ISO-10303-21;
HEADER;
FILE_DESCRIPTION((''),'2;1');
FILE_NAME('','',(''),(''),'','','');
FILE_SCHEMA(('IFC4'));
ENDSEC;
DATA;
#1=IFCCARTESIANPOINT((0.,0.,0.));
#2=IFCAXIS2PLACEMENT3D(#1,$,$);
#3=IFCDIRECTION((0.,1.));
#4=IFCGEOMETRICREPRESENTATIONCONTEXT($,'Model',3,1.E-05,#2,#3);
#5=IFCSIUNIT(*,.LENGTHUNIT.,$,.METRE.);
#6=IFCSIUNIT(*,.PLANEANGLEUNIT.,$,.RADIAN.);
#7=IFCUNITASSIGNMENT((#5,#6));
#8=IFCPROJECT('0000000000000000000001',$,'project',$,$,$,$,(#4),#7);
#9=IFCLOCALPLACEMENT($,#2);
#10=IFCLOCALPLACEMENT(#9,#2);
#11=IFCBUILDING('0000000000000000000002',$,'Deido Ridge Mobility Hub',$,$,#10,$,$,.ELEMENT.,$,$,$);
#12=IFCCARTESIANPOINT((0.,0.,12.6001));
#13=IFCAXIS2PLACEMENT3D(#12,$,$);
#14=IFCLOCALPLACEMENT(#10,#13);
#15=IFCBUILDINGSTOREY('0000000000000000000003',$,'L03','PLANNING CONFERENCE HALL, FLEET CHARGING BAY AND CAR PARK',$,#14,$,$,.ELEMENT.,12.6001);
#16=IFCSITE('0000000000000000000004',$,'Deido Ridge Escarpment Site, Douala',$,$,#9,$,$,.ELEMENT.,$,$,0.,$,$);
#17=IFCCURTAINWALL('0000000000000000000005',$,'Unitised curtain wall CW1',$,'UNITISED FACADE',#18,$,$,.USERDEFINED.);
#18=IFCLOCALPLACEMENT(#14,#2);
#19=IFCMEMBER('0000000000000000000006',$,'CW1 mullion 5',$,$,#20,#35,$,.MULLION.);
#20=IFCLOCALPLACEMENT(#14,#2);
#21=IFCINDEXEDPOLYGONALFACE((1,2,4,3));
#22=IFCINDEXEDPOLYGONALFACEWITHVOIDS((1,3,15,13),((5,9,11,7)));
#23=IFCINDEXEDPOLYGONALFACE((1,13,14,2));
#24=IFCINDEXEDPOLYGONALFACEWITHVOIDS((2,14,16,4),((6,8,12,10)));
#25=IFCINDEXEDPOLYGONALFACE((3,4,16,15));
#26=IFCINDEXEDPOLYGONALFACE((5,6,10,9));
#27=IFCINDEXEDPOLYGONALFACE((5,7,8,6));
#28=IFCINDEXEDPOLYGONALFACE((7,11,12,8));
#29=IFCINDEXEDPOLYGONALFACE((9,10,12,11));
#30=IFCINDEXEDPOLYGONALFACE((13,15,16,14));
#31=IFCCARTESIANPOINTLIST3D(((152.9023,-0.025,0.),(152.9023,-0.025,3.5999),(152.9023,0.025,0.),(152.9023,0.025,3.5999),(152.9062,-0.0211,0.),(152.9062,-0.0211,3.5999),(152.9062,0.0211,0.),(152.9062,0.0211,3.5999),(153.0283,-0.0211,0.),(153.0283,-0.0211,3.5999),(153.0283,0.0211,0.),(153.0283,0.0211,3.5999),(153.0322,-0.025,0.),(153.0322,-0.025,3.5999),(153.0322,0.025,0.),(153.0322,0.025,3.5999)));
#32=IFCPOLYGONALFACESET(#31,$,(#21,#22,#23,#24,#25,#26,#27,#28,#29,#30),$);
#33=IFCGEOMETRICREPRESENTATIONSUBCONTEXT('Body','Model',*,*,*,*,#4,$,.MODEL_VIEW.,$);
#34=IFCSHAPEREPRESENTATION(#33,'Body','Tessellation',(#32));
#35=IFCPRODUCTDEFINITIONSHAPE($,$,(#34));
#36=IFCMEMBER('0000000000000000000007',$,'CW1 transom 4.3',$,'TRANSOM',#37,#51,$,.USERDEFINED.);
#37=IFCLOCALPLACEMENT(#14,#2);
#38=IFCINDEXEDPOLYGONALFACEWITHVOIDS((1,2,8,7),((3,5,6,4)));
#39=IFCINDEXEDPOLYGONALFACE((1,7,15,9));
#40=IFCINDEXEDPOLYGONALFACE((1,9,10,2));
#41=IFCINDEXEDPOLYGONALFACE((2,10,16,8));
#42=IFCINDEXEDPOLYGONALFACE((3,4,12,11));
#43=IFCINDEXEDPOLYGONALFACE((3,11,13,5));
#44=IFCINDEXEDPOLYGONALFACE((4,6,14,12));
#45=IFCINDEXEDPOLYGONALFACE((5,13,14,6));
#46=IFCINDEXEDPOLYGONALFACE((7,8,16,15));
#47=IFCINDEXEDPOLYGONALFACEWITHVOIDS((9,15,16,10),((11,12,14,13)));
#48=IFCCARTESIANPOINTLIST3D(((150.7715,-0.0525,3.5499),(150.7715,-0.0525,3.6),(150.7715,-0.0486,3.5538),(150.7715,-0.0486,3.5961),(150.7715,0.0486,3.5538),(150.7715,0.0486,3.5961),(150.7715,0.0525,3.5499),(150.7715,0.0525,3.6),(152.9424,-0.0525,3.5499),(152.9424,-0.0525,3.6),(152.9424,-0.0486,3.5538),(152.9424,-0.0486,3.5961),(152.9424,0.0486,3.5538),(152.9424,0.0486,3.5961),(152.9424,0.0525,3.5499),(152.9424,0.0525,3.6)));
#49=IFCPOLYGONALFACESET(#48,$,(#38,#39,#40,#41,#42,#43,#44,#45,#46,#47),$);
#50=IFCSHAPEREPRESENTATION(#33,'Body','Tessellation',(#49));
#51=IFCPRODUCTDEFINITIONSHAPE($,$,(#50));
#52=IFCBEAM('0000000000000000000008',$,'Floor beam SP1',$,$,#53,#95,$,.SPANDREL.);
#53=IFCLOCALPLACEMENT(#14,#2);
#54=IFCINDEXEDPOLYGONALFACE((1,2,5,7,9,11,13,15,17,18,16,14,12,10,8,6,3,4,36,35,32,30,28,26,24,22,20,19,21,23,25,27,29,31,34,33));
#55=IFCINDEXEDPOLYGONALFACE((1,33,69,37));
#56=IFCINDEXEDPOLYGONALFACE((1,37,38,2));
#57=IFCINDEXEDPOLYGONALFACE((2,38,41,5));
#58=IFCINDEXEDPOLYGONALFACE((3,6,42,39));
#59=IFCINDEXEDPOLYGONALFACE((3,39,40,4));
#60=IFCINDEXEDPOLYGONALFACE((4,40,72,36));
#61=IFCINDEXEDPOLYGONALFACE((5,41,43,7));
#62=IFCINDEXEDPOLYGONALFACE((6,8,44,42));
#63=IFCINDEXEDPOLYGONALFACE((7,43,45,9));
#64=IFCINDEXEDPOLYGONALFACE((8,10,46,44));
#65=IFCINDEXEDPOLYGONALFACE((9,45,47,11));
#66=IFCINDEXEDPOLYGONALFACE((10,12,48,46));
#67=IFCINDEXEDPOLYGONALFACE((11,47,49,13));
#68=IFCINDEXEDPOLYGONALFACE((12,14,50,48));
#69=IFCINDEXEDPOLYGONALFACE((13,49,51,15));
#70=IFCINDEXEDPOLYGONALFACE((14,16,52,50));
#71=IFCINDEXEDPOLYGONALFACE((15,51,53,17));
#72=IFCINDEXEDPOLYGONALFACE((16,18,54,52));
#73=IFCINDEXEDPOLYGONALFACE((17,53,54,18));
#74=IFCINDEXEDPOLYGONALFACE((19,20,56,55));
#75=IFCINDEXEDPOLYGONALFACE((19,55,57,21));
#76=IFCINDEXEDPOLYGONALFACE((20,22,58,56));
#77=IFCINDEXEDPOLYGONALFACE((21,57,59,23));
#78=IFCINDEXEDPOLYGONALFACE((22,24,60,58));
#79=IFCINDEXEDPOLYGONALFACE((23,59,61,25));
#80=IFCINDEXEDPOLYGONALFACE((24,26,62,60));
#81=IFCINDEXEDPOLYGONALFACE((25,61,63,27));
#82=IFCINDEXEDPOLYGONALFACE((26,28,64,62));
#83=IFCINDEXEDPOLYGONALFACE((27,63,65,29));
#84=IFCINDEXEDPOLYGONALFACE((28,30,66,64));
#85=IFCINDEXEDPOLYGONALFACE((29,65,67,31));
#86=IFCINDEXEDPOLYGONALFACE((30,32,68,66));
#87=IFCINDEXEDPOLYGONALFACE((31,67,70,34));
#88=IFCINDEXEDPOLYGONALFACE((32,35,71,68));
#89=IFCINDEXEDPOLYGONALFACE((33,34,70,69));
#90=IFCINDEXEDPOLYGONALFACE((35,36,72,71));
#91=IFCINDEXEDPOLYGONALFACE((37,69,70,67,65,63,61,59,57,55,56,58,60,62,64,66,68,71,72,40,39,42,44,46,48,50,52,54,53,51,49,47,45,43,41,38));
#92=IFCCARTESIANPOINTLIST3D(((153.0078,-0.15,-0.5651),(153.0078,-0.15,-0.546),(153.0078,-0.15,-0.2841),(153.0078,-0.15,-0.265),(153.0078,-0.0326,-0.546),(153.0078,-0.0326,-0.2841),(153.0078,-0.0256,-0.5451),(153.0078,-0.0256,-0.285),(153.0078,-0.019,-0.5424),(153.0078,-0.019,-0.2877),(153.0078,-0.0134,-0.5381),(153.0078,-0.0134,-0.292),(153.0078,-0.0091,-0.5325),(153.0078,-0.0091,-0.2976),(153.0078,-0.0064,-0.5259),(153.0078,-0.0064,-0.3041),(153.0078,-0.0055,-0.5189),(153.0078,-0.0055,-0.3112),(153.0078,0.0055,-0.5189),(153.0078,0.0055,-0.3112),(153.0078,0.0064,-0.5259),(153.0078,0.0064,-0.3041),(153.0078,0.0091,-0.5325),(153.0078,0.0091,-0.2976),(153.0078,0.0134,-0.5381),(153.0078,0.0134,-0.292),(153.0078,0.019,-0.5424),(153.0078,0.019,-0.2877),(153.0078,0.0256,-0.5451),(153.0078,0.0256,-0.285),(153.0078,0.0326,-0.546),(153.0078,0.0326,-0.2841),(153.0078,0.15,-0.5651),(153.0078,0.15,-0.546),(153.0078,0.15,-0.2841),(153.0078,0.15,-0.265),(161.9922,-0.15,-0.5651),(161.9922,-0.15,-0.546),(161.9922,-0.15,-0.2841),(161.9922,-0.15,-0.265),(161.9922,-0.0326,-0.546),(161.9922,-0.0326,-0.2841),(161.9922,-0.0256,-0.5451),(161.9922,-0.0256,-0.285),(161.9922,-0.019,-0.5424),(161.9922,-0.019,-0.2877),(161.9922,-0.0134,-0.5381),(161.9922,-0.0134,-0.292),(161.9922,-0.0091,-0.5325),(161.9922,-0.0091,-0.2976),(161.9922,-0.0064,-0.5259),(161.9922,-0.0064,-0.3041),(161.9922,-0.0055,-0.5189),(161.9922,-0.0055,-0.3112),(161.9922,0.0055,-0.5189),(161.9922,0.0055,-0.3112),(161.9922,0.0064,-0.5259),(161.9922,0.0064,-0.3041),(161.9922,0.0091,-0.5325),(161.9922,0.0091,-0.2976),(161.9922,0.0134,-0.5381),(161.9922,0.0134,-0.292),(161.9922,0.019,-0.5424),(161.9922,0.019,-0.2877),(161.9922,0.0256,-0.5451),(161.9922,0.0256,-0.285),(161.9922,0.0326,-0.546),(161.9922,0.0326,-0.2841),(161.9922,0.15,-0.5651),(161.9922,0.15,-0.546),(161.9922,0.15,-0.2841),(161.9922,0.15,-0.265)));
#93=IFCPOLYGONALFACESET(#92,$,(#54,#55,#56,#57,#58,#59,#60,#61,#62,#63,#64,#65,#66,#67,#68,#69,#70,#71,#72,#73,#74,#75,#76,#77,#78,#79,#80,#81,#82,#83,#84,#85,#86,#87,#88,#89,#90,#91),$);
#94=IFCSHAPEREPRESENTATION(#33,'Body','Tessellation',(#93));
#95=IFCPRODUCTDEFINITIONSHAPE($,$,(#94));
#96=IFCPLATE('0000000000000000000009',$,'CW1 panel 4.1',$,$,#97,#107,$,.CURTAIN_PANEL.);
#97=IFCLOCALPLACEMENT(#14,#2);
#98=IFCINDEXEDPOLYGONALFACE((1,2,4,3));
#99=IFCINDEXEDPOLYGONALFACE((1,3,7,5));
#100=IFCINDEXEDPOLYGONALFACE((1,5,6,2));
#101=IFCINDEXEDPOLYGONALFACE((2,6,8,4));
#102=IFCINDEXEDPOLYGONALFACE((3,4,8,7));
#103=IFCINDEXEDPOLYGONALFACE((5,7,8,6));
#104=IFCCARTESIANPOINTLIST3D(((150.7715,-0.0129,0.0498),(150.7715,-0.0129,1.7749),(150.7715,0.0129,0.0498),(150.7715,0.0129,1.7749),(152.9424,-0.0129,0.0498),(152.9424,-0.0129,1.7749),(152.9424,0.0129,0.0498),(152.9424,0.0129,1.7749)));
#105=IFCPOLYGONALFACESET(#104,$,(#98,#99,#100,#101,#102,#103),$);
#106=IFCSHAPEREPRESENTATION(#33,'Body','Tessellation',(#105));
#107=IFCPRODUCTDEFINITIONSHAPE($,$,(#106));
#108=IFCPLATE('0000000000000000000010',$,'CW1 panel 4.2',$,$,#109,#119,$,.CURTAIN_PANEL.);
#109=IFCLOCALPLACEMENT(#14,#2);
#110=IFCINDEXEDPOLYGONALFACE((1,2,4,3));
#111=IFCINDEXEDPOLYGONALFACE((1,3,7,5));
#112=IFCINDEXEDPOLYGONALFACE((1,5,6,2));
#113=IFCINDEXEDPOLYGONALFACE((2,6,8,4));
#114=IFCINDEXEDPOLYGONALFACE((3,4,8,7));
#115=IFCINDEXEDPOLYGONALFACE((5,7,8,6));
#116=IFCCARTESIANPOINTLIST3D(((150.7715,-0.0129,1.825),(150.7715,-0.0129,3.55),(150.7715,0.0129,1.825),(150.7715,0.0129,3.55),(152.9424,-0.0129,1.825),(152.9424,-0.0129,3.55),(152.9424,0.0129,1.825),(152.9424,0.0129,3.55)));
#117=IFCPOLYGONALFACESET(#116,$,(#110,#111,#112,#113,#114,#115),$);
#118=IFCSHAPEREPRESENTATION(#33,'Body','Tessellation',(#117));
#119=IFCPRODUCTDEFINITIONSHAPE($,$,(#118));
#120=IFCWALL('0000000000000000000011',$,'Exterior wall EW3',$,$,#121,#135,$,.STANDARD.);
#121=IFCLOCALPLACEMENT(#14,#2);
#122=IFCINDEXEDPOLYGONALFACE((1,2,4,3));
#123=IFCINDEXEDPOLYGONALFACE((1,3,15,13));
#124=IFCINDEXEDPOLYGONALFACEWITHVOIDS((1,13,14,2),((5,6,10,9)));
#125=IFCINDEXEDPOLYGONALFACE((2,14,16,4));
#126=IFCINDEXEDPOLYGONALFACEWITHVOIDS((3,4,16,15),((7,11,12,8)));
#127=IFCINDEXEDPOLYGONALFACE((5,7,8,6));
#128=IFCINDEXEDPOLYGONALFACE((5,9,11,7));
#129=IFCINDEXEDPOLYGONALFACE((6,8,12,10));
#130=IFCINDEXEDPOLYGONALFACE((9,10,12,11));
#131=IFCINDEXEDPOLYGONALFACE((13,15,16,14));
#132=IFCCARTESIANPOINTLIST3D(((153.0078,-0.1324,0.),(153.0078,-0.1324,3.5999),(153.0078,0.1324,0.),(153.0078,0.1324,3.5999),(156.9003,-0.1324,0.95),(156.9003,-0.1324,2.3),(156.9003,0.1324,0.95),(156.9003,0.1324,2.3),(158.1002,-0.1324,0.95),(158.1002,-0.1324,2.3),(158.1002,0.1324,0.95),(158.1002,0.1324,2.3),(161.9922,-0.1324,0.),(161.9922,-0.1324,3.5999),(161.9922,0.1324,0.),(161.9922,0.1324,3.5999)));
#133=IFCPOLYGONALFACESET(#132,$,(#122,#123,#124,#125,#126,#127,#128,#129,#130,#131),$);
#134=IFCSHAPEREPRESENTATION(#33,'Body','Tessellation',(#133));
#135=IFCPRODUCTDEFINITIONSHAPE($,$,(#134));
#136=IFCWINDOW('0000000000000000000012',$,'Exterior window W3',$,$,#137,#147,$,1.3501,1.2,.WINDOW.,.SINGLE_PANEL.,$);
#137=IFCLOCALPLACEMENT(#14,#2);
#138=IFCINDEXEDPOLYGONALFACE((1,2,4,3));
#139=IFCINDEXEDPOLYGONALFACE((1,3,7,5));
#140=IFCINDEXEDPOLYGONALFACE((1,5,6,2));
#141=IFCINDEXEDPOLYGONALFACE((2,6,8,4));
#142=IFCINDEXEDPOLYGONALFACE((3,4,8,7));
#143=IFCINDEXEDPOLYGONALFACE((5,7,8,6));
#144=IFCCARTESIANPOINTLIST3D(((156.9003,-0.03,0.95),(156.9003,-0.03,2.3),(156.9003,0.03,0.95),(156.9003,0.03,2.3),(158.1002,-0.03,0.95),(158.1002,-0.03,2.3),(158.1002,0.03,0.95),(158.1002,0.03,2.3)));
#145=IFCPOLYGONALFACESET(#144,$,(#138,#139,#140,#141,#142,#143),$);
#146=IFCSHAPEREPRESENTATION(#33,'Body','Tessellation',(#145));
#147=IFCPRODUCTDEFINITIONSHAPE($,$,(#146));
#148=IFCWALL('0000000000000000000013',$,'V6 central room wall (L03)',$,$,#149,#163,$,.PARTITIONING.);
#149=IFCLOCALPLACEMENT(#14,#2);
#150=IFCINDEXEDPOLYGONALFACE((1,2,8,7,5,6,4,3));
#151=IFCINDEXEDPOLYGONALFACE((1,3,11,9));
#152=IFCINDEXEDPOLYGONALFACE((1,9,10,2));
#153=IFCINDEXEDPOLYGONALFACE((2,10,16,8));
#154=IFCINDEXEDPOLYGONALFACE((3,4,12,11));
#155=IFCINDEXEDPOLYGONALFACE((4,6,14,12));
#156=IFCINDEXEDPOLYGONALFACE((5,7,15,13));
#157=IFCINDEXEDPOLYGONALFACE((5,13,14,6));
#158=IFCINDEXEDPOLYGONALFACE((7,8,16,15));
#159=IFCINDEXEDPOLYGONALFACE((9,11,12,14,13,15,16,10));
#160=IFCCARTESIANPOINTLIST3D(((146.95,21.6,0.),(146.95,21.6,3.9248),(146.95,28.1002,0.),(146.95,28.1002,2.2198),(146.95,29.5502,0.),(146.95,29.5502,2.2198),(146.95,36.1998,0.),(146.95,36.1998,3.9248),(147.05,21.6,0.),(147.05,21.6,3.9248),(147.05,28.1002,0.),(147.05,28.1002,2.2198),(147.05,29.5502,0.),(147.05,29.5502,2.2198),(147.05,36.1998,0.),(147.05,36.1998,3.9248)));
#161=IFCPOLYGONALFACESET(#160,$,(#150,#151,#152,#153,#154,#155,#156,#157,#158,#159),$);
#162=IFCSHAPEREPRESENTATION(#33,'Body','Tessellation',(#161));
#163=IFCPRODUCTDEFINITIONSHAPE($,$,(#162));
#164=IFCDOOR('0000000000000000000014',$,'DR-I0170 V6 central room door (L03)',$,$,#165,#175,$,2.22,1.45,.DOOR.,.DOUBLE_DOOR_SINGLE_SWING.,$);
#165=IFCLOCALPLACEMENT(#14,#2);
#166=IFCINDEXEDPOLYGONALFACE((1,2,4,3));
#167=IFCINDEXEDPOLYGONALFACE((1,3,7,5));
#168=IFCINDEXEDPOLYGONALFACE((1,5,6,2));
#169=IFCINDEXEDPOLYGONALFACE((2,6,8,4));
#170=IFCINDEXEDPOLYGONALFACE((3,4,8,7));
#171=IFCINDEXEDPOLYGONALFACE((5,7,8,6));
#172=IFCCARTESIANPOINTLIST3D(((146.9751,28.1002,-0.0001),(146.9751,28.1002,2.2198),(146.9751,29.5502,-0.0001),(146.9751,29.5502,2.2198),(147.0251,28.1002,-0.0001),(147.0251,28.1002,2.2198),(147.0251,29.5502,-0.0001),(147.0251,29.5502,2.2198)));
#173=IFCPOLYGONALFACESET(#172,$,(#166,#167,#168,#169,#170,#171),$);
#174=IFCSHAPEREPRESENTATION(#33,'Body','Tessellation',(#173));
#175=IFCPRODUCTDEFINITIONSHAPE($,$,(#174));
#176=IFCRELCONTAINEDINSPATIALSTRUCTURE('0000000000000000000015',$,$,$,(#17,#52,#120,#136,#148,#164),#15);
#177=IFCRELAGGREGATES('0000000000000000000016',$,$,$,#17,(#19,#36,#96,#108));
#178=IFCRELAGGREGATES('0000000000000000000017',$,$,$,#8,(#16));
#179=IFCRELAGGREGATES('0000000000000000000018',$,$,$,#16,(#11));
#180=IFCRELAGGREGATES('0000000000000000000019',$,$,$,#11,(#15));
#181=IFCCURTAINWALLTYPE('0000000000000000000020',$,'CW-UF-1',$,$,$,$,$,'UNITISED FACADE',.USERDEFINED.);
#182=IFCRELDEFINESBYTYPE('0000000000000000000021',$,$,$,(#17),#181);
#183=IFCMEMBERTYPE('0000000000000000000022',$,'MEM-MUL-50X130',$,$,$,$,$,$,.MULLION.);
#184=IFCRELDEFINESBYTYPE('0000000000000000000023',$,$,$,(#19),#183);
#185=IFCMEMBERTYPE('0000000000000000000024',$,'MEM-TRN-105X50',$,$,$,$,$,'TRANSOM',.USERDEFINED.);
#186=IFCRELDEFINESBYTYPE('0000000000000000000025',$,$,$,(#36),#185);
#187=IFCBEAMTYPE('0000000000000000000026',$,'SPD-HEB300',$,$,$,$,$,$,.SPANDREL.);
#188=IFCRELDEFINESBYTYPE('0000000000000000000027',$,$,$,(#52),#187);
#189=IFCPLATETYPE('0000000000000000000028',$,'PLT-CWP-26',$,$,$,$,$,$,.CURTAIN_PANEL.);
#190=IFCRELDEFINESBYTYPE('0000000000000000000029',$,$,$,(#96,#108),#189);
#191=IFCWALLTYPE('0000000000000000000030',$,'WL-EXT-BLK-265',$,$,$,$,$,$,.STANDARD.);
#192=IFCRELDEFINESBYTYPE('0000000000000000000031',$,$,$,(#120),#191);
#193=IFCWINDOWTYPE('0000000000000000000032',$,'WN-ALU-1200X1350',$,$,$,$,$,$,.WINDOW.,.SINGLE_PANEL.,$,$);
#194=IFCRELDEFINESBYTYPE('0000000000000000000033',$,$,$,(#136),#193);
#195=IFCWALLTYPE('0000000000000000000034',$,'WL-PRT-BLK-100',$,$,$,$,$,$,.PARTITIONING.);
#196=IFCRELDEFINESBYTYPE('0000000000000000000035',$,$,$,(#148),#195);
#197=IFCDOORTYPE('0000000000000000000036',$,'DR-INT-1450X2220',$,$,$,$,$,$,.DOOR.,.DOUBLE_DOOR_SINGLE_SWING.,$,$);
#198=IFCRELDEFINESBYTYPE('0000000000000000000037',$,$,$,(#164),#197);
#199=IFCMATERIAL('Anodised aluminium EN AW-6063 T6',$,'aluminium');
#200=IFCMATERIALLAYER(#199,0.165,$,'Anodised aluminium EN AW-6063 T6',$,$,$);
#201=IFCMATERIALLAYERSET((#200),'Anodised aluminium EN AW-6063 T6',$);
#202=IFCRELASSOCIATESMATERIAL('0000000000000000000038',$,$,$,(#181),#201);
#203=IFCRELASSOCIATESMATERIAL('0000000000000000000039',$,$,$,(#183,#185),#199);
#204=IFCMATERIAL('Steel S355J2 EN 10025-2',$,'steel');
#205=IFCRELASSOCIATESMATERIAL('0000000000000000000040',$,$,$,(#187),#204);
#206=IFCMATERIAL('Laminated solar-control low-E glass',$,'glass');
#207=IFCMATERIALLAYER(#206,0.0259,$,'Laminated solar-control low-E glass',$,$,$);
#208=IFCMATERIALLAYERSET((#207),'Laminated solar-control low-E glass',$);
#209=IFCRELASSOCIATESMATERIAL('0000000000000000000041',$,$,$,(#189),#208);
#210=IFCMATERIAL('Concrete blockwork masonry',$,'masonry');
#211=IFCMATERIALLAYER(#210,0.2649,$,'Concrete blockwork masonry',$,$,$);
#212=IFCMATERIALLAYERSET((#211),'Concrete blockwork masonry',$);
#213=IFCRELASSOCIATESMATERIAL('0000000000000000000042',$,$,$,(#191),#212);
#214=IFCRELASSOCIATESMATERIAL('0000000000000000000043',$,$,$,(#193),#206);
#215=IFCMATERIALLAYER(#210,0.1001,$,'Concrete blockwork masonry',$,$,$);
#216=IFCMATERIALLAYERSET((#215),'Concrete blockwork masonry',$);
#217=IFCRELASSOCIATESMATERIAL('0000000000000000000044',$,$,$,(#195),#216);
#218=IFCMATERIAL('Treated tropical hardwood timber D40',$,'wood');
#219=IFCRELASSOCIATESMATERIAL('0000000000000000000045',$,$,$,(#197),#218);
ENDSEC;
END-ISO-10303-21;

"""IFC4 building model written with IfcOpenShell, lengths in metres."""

from ifc_helpers import new_model, si_unit, direction, frame, frame_2d, origin, origin_2d, place, context, subcontext, project, spatial, rectangle, hollow_rectangle, i_section, extrude, material, layer, layer_set, material_profile, profile_set, type_object, element, fill, aggregate, save


model = new_model("IFC4")

# Units and contexts
model_context = context("Model", 3, precision=1e-05, world=origin(), true_north=direction((0.0, 1.0)))
body_context = subcontext(model_context, "Body", "Model", "MODEL_VIEW")
ifc_project = project(units=[si_unit("LENGTHUNIT", "METRE"), si_unit("PLANEANGLEUNIT", "RADIAN")], contexts=[model_context])

# Site, building, storey
site_placement = place(None, origin())
site = spatial("IfcSite", under=ifc_project, at=site_placement, Name="Deido Ridge Escarpment Site, Douala", CompositionType="ELEMENT", RefElevation=0.0)
building_placement = place(site_placement, origin())
building = spatial("IfcBuilding", under=site, at=building_placement, Name="Deido Ridge Mobility Hub", CompositionType="ELEMENT")
storey_placement = place(building_placement, frame((0.0, 0.0, 12.6001)))
storey = spatial("IfcBuildingStorey", under=building, at=storey_placement, Name="L03", Description="PLANNING CONFERENCE HALL, FLEET CHARGING BAY AND CAR PARK", CompositionType="ELEMENT", Elevation=12.6001)

# Shared definitions
ifc_material_1 = material(Name="Steel S355J2 EN 10025-2", Category="steel")

# Curtain wall, members
ifc_material_2 = material(Name="Anodised aluminium EN AW-6063 T6", Category="aluminium")
ifc_layer_1 = layer(ifc_material_2, 0.165, Name="Anodised aluminium EN AW-6063 T6")
ifc_layer_set_1 = layer_set([ifc_layer_1], Name="Anodised aluminium EN AW-6063 T6")
curtain_wall_type = type_object("IfcCurtainWallType", Name="CW-UF-1", ElementType="UNITISED FACADE", PredefinedType="USERDEFINED", material=ifc_layer_set_1)
curtain_wall_placement = place(storey_placement, origin())
curtain_wall = element("IfcCurtainWall", 1, at=curtain_wall_placement, inside=storey, type_object=curtain_wall_type, Name="Unitised curtain wall CW1", ObjectType="UNITISED FACADE", PredefinedType="USERDEFINED")
ifc_material_profile_1 = material_profile(ifc_material_2, hollow_rectangle(XDim=0.05, YDim=0.1299, WallThickness=0.0039, at=origin_2d()), Name="RHS 50x130x4")
ifc_profile_set_1 = profile_set([ifc_material_profile_1], Name="Anodised aluminium EN AW-6063 T6")
member_type_1 = type_object("IfcMemberType", Name="MEM-MUL-50X130", PredefinedType="MULLION", material=ifc_profile_set_1)
member_1_placement = place(storey_placement, frame((152.9673, 0.0, 0.0), z_axis=(0.0, 0.0, 1.0), x_axis=(0.0, 1.0, 0.0)))
member_1 = element("IfcMember", 2, at=member_1_placement, type_object=member_type_1, Name="CW1 mullion 5", PredefinedType="MULLION", context=body_context, shape_type="SweptSolid", body=[
    extrude(hollow_rectangle(XDim=0.05, YDim=0.1299, WallThickness=0.0039, at=origin_2d()), origin(), (0.0, 0.0, 1.0), 3.5999),
])
ifc_material_profile_2 = material_profile(ifc_material_2, hollow_rectangle(XDim=0.105, YDim=0.05, WallThickness=0.0039, at=origin_2d()), Name="RHS 105x50x4")
ifc_profile_set_2 = profile_set([ifc_material_profile_2], Name="Anodised aluminium EN AW-6063 T6")
member_type_2 = type_object("IfcMemberType", Name="MEM-TRN-105X50", ElementType="TRANSOM", PredefinedType="USERDEFINED", material=ifc_profile_set_2)
member_2_placement = place(storey_placement, frame((150.7715, 0.0, 3.575), z_axis=(1.0, 0.0, 0.0), x_axis=(0.0, 1.0, 0.0)))
member_2 = element("IfcMember", 3, at=member_2_placement, type_object=member_type_2, Name="CW1 transom 4.3", ObjectType="TRANSOM", PredefinedType="USERDEFINED", context=body_context, shape_type="SweptSolid", body=[
    extrude(hollow_rectangle(XDim=0.105, YDim=0.05, WallThickness=0.0039, at=origin_2d()), origin(), (0.0, 0.0, 1.0), 2.1709),
])

# Beam
ifc_material_profile_3 = material_profile(ifc_material_1, i_section(OverallWidth=0.3, OverallDepth=0.3, WebThickness=0.011, FlangeThickness=0.019, FilletRadius=0.0271, at=origin_2d()), Name="HEB 300")
ifc_profile_set_3 = profile_set([ifc_material_profile_3], Name="Steel S355J2 EN 10025-2")
beam_type_1 = type_object("IfcBeamType", Name="SPD-HEB300", PredefinedType="SPANDREL", material=ifc_profile_set_3)
beam_1_placement = place(storey_placement, frame((153.0078, 0.0, -0.415), z_axis=(1.0, 0.0, 0.0), x_axis=(0.0, 1.0, 0.0)))
element("IfcBeam", 4, at=beam_1_placement, inside=storey, type_object=beam_type_1, Name="Floor beam SP1", PredefinedType="SPANDREL", context=body_context, shape_type="SweptSolid", body=[
    extrude(i_section(OverallWidth=0.3, OverallDepth=0.3, WebThickness=0.011, FlangeThickness=0.019, FilletRadius=0.0271, at=origin_2d()), origin(), (0.0, 0.0, 1.0), 8.9844),
])

# Plates
ifc_material_3 = material(Name="Laminated solar-control low-E glass", Category="glass")
ifc_layer_2 = layer(ifc_material_3, 0.0259, Name="Laminated solar-control low-E glass")
ifc_layer_set_2 = layer_set([ifc_layer_2], Name="Laminated solar-control low-E glass")
plate_type = type_object("IfcPlateType", Name="PLT-CWP-26", PredefinedType="CURTAIN_PANEL", material=ifc_layer_set_2)
plate_1_placement = place(storey_placement, frame((151.8569, 0.0, 0.0498), z_axis=(0.0, 0.0, 1.0), x_axis=(1.0, 0.0, 0.0)))
plate_1 = element("IfcPlate", 5, at=plate_1_placement, type_object=plate_type, Name="CW1 panel 4.1", PredefinedType="CURTAIN_PANEL", context=body_context, shape_type="SweptSolid", body=[
    extrude(rectangle(XDim=2.1709, YDim=0.0259, at=origin_2d()), origin(), (0.0, 0.0, 1.0), 1.7251),
])
plate_2_placement = place(storey_placement, frame((151.8569, 0.0, 1.825), z_axis=(0.0, 0.0, 1.0), x_axis=(1.0, 0.0, 0.0)))
plate_2 = element("IfcPlate", 6, at=plate_2_placement, type_object=plate_type, Name="CW1 panel 4.2", PredefinedType="CURTAIN_PANEL", context=body_context, shape_type="SweptSolid", body=[
    extrude(rectangle(XDim=2.1709, YDim=0.0259, at=origin_2d()), origin(), (0.0, 0.0, 1.0), 1.7251),
])
aggregate(curtain_wall, [member_1, member_2, plate_1, plate_2])

# Wall, opening, window
ifc_material_4 = material(Name="Concrete blockwork masonry", Category="masonry")
ifc_layer_3 = layer(ifc_material_4, 0.2649, Name="Concrete blockwork masonry")
ifc_layer_set_3 = layer_set([ifc_layer_3], Name="Concrete blockwork masonry")
wall_type_1 = type_object("IfcWallType", Name="WL-EXT-BLK-265", PredefinedType="STANDARD", material=ifc_layer_set_3)
wall_1_placement = place(storey_placement, frame((153.0078, 0.0, 0.0), z_axis=(0.0, 0.0, 1.0), x_axis=(1.0, 0.0, 0.0)))
wall_1 = element("IfcWall", 7, at=wall_1_placement, inside=storey, type_object=wall_type_1, Name="Exterior wall EW3", PredefinedType="STANDARD", context=body_context, shape_type="SweptSolid", body=[
    extrude(rectangle(XDim=8.9844, YDim=0.2649, at=frame_2d((4.4922, 0.0))), origin(), (0.0, 0.0, 1.0), 3.5999),
])
opening_1_placement = place(wall_1_placement, frame((3.8923, 0.0, 0.95)))
opening_1 = element("IfcOpeningElement", 8, at=opening_1_placement, cuts=wall_1, PredefinedType="OPENING", context=body_context, shape_type="SweptSolid", body=[
    extrude(rectangle(XDim=1.2, YDim=1.3501, at=frame_2d((0.6001, 0.675))), frame((0.0, 0.1426, 0.0), z_axis=(0.0, -1.0, 0.0), x_axis=(1.0, 0.0, 0.0)), (0.0, 0.0, 1.0), 0.2849),
])
window_type = type_object("IfcWindowType", Name="WN-ALU-1200X1350", PartitioningType="SINGLE_PANEL", PredefinedType="WINDOW", material=ifc_material_3)
window_placement = place(opening_1_placement, origin())
window = element("IfcWindow", 9, at=window_placement, inside=storey, type_object=window_type, Name="Exterior window W3", OverallHeight=1.3501, OverallWidth=1.2, PartitioningType="SINGLE_PANEL", PredefinedType="WINDOW", context=body_context, shape_type="SweptSolid", body=[
    extrude(rectangle(XDim=1.2, YDim=1.3501, at=frame_2d((0.6001, 0.675))), frame((0.0, 0.03, 0.0), z_axis=(0.0, -1.0, 0.0), x_axis=(1.0, 0.0, 0.0)), (0.0, 0.0, 1.0), 0.0601),
])
fill(opening_1, window)

# Wall, opening, door
ifc_layer_4 = layer(ifc_material_4, 0.1001, Name="Concrete blockwork masonry")
ifc_layer_set_4 = layer_set([ifc_layer_4], Name="Concrete blockwork masonry")
wall_type_2 = type_object("IfcWallType", Name="WL-PRT-BLK-100", PredefinedType="PARTITIONING", material=ifc_layer_set_4)
wall_2_placement = place(storey_placement, frame((147.0, 21.6001, 0.0), z_axis=(0.0, 0.0, 1.0), x_axis=(0.0, 1.0, 0.0)))
wall_2 = element("IfcWall", 10, at=wall_2_placement, inside=storey, type_object=wall_type_2, Name="V6 central room wall (L03)", PredefinedType="PARTITIONING", context=body_context, shape_type="SweptSolid", body=[
    extrude(rectangle(XDim=14.5999, YDim=0.1001, at=frame_2d((7.2998, 0.0))), origin(), (0.0, 0.0, 1.0), 3.9248),
])
opening_2_placement = place(wall_2_placement, frame((6.5, 0.0, 0.0)))
opening_2 = element("IfcOpeningElement", 11, at=opening_2_placement, cuts=wall_2, PredefinedType="OPENING", context=body_context, shape_type="SweptSolid", body=[
    extrude(rectangle(XDim=1.45, YDim=2.22, at=frame_2d((0.7251, 1.1099))), frame((0.0, 0.0601, 0.0), z_axis=(0.0, -1.0, 0.0), x_axis=(1.0, 0.0, 0.0)), (0.0, 0.0, 1.0), 0.1201),
])
ifc_material_5 = material(Name="Treated tropical hardwood timber D40", Category="wood")
door_type_1 = type_object("IfcDoorType", Name="DR-INT-1450X2220", OperationType="DOUBLE_DOOR_SINGLE_SWING", PredefinedType="DOOR", material=ifc_material_5)
door_1_placement = place(opening_2_placement, origin())
door_1 = element("IfcDoor", 12, at=door_1_placement, inside=storey, type_object=door_type_1, Name="DR-I0170 V6 central room door (L03)", OperationType="DOUBLE_DOOR_SINGLE_SWING", OverallHeight=2.22, OverallWidth=1.45, PredefinedType="DOOR", context=body_context, shape_type="SweptSolid", body=[
    extrude(rectangle(XDim=1.45, YDim=2.22, at=frame_2d((0.7251, 1.1099))), frame((0.0, 0.0249, 0.0), z_axis=(0.0, -1.0, 0.0), x_axis=(1.0, 0.0, 0.0)), (0.0, 0.0, 1.0), 0.05),
])
fill(opening_2, door_1)

save(model, "model.ifc")
